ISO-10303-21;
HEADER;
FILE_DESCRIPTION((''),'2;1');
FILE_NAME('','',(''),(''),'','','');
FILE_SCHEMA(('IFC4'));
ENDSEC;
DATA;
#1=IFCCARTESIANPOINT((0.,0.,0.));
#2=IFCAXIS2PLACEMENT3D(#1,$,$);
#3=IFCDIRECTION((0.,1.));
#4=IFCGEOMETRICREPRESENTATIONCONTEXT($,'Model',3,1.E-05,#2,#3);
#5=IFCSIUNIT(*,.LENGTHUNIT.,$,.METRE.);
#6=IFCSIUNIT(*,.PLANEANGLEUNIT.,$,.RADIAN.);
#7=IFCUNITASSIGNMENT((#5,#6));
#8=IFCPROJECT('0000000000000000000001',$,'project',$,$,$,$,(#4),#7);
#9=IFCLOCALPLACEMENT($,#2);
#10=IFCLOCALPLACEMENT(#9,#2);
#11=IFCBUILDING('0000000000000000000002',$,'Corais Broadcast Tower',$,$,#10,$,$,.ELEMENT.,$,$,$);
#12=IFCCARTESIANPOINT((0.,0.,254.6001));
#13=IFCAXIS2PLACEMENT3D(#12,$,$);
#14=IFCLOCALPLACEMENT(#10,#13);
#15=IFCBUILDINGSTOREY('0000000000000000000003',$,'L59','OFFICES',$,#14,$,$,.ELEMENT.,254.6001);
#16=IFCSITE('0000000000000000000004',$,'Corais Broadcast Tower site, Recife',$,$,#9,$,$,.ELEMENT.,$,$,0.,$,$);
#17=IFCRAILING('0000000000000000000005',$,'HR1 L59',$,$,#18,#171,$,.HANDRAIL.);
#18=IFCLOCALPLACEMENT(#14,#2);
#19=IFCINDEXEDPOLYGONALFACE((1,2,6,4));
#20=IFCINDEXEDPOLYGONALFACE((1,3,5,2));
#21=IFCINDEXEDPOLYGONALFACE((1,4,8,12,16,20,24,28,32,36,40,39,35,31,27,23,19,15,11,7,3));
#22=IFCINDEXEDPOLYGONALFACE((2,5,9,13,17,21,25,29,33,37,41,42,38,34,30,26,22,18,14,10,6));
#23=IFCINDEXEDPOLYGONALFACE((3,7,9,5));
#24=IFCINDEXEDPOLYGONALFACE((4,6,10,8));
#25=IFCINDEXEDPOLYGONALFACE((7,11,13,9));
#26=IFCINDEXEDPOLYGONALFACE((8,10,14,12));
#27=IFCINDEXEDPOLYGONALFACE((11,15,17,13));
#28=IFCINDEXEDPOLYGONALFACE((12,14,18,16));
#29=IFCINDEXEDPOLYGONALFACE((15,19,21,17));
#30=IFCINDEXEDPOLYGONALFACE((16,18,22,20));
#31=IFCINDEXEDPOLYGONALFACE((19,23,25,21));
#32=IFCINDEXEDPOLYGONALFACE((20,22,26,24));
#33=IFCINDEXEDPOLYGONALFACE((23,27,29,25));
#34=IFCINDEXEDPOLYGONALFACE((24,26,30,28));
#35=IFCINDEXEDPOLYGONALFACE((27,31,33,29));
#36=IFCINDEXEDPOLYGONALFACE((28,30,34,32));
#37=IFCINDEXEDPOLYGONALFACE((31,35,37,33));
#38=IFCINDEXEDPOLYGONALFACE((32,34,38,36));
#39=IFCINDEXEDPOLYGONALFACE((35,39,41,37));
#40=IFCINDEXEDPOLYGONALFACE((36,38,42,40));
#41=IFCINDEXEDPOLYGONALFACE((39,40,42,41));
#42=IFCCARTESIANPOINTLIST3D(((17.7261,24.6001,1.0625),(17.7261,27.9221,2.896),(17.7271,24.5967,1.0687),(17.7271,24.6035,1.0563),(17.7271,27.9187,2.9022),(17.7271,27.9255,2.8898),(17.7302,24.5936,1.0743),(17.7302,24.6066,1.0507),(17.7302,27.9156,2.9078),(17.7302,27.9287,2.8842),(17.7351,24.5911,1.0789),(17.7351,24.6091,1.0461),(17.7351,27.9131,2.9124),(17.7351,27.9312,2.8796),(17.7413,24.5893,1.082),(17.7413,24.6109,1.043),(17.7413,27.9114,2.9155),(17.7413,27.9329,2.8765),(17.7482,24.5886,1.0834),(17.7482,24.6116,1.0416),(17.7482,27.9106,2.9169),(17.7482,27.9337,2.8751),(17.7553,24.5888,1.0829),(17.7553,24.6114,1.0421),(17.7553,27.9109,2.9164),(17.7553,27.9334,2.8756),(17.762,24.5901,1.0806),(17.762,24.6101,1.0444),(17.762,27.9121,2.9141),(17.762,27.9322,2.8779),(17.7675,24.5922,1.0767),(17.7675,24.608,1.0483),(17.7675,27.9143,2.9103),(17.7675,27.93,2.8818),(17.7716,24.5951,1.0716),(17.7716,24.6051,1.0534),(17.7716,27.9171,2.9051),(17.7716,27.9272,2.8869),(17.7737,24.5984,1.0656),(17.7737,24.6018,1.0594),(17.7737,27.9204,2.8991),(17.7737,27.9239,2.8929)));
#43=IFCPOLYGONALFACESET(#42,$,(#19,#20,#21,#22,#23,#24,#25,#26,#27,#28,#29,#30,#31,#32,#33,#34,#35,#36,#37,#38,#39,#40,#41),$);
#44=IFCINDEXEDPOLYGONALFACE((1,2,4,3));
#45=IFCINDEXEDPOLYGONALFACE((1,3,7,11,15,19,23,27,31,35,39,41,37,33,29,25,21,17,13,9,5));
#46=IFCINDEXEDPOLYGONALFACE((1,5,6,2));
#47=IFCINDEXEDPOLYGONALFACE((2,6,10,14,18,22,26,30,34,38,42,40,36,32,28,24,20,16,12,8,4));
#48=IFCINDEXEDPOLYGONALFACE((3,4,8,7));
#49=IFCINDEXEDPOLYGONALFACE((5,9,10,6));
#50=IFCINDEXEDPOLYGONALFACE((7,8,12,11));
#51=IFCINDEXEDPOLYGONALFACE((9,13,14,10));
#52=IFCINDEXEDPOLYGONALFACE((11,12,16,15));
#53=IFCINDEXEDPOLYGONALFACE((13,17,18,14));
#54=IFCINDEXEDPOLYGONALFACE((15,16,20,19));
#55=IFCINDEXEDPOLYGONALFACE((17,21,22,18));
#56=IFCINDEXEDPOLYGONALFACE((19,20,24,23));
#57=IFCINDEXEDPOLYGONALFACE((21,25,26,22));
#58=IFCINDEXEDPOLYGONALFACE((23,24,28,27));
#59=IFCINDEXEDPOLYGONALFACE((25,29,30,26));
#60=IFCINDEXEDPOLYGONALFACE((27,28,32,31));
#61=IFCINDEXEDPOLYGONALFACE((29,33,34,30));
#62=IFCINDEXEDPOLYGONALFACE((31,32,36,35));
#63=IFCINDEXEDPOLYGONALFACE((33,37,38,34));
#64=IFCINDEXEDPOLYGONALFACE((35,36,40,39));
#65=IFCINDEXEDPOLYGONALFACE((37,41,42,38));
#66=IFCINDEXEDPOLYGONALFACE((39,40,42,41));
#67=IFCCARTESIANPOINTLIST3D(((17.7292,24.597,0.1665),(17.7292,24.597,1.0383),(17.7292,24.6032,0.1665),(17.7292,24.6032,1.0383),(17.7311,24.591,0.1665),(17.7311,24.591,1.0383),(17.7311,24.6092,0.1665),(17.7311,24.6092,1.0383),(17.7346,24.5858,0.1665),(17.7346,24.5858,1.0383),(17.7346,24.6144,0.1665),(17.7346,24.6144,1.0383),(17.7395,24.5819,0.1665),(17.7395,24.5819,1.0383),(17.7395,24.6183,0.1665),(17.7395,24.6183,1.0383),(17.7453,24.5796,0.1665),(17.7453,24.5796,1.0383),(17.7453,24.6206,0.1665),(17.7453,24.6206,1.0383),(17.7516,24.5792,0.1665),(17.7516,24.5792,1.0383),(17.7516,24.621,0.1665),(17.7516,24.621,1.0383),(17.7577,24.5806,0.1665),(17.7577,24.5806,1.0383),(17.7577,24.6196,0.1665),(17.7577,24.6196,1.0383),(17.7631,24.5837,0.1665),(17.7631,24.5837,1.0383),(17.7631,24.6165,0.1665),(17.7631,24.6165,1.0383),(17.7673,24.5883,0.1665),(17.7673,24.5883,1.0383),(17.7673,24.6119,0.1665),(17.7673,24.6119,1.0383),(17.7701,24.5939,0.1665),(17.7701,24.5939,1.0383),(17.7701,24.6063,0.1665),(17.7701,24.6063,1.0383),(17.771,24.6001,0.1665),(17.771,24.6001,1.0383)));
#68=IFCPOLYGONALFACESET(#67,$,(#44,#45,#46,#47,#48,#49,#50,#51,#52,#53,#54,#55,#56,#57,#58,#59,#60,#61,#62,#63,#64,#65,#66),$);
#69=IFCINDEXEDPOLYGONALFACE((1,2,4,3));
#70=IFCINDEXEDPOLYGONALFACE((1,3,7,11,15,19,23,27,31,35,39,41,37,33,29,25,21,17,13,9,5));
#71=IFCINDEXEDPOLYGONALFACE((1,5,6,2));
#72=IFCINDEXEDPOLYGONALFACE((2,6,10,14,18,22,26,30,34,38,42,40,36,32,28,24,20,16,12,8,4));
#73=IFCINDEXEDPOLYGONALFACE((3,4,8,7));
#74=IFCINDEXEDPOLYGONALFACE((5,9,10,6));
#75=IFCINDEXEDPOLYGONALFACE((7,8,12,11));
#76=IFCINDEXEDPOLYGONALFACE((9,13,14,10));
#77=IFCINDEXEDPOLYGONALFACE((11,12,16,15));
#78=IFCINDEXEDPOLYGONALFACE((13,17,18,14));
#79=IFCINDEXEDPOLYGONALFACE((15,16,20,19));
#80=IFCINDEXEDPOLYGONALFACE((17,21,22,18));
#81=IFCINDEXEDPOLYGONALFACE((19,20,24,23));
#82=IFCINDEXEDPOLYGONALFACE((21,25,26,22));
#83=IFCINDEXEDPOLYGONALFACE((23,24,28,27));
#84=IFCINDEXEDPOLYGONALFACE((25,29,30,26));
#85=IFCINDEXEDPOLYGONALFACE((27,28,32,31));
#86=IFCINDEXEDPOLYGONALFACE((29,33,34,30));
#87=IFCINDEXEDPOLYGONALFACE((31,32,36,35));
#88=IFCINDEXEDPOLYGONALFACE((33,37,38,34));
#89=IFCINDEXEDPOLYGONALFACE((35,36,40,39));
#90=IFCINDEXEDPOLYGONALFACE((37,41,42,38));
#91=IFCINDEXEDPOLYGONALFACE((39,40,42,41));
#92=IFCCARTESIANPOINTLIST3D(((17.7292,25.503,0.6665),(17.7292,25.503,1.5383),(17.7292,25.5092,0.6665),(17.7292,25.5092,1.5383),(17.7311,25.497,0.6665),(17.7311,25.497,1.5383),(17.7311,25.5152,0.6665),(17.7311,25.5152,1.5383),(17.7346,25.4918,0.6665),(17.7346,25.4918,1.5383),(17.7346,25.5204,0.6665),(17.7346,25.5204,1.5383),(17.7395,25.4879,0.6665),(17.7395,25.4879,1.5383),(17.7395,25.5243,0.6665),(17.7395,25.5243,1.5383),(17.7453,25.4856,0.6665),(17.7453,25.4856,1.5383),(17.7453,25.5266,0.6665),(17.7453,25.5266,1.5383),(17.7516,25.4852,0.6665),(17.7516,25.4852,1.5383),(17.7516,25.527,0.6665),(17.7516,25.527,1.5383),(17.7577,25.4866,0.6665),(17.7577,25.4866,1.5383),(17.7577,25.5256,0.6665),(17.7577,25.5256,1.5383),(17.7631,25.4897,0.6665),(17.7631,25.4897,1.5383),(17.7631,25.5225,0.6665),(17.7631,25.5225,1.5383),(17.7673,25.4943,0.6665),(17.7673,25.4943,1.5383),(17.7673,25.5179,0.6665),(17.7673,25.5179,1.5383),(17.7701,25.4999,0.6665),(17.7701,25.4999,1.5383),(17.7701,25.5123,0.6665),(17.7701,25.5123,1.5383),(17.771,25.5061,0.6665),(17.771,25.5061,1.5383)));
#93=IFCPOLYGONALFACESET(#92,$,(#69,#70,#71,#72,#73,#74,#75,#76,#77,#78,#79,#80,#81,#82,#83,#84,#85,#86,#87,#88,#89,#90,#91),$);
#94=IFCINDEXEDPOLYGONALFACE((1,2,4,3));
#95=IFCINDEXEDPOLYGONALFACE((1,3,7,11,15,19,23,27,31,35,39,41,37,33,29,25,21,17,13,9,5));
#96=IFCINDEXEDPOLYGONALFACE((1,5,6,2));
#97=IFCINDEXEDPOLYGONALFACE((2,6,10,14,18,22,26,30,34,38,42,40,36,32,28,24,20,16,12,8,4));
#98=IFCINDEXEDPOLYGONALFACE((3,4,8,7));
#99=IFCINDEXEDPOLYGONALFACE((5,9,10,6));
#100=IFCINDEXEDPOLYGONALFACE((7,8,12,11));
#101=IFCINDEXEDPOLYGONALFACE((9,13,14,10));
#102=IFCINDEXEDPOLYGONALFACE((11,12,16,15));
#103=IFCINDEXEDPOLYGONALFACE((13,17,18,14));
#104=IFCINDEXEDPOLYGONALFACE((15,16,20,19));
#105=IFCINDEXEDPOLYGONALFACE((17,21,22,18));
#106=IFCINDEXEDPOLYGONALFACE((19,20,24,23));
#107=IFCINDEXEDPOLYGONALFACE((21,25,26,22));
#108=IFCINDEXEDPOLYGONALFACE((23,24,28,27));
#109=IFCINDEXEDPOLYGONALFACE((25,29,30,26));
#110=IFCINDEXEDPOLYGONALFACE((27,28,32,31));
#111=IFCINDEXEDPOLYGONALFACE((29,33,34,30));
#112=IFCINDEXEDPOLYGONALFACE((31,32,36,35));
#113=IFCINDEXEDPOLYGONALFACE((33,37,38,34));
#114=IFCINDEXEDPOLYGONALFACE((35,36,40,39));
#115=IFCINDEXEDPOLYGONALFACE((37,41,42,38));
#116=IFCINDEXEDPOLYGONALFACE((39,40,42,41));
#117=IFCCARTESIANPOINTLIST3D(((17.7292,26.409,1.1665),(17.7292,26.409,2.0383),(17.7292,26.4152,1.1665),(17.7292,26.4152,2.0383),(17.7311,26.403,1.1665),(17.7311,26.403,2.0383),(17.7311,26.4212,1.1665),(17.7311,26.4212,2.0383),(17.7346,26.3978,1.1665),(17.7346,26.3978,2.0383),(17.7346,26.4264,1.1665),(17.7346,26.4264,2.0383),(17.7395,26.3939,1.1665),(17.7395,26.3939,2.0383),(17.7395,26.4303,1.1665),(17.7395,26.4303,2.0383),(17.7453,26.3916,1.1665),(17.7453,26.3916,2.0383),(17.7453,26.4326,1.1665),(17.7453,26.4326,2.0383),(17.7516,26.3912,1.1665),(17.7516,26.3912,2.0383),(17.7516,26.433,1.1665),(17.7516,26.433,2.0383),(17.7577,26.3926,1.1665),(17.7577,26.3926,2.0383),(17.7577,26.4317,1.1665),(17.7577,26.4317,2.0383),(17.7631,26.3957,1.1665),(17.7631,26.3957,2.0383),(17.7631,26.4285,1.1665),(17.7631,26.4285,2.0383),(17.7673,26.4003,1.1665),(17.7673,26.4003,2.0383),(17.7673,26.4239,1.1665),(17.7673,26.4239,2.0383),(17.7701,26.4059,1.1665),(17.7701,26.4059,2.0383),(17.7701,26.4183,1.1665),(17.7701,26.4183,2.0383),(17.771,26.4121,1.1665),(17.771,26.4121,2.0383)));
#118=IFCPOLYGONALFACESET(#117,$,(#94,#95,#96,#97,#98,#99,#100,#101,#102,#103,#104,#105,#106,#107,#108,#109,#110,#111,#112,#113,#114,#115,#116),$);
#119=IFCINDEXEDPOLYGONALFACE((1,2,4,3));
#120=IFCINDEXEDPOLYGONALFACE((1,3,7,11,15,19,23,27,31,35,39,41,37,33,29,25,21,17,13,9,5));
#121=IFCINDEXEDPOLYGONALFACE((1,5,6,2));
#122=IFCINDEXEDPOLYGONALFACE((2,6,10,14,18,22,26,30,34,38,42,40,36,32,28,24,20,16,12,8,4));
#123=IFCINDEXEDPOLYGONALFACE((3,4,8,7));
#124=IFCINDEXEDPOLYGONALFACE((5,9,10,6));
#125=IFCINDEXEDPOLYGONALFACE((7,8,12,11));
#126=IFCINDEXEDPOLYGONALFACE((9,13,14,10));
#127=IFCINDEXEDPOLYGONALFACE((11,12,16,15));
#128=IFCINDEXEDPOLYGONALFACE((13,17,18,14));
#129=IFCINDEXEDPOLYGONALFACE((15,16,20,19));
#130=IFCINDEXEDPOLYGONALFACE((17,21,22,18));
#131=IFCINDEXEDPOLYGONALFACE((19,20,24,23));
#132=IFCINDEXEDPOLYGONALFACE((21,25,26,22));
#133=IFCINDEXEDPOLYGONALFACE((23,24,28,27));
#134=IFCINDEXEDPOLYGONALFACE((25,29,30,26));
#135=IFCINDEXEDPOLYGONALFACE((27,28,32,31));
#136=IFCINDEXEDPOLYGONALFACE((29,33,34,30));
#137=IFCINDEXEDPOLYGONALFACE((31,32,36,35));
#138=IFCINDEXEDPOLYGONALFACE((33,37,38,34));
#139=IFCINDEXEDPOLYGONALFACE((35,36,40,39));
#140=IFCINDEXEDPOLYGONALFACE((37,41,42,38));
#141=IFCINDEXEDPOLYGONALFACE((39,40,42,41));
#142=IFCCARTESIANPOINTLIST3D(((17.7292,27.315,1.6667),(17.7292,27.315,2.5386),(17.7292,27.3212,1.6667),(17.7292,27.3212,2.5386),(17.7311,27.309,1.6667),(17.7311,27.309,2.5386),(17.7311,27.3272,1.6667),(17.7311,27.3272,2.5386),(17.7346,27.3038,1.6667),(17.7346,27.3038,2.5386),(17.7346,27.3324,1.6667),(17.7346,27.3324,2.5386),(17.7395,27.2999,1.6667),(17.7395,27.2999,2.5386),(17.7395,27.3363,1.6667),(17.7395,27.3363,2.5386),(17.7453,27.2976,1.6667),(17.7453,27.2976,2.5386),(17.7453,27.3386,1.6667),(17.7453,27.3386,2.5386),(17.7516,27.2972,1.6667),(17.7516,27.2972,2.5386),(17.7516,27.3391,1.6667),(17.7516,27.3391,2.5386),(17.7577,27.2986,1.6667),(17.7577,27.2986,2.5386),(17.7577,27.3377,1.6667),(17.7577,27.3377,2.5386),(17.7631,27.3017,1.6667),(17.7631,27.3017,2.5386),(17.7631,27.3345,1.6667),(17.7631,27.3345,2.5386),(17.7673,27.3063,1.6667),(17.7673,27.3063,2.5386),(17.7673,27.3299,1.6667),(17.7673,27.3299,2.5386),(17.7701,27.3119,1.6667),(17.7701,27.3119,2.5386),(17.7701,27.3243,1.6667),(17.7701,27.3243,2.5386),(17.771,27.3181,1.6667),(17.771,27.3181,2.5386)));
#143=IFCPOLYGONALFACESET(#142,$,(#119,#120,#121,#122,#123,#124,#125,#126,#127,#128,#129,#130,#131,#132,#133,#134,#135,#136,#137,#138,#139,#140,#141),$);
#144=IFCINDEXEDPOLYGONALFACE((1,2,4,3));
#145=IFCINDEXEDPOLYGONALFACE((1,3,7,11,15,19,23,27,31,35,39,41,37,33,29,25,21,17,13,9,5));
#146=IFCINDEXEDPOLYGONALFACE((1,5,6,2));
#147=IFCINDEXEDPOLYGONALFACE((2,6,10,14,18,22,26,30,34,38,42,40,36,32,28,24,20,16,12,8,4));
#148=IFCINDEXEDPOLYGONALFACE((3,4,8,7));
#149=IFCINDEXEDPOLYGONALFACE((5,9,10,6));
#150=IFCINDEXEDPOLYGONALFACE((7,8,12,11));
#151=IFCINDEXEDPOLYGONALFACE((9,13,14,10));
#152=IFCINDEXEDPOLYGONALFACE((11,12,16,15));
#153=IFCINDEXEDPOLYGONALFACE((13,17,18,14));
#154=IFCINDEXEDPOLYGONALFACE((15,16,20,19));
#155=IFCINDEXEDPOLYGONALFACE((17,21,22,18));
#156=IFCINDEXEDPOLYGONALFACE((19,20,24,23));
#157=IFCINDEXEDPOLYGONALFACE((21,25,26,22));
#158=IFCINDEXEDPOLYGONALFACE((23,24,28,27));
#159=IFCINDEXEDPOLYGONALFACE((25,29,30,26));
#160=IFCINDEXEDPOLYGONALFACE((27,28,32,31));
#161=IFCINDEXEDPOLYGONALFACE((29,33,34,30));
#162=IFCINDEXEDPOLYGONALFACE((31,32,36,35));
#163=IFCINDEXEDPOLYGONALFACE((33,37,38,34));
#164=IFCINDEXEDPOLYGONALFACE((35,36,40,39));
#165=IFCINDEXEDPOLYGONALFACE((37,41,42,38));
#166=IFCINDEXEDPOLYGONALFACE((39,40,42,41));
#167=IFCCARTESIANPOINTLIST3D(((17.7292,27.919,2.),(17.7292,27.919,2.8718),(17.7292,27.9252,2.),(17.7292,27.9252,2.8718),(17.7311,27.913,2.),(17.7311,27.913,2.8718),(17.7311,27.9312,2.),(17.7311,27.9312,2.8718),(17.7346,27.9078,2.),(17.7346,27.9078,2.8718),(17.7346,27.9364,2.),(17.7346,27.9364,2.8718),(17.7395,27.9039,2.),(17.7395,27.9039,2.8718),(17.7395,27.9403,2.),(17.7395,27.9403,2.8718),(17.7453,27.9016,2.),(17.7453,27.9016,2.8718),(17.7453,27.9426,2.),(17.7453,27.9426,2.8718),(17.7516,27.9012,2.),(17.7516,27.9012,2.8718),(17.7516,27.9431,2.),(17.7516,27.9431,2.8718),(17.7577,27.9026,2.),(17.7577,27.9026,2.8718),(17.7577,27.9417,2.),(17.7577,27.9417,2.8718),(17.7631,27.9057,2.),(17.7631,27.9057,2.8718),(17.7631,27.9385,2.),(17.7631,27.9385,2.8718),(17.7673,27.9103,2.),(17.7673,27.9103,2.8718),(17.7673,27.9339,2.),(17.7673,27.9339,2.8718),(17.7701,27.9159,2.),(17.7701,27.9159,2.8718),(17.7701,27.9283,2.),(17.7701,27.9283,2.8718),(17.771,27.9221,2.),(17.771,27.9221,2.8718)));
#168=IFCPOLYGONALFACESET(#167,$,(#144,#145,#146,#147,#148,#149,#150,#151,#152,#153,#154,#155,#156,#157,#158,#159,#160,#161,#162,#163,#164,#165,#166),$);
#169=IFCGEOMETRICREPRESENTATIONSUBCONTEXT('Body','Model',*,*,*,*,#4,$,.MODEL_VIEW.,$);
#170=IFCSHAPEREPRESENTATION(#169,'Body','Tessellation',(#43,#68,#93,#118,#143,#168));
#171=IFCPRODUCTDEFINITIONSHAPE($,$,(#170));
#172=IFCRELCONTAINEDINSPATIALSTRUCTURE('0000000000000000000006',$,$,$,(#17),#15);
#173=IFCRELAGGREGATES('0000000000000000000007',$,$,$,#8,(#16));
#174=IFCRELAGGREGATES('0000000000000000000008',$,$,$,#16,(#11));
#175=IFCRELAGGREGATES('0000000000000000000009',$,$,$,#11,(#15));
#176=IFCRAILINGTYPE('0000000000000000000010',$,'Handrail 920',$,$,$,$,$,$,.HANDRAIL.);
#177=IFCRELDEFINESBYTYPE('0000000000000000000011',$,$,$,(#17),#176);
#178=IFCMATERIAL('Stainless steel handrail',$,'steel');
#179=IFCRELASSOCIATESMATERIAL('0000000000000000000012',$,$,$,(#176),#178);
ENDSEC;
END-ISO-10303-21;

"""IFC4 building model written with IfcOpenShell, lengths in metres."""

from ifc_helpers import new_model, si_unit, direction, frame, origin, origin_2d, place, context, subcontext, project, spatial, circle, extrude, material, type_object, element, save


model = new_model("IFC4")

# Units and contexts
model_context = context("Model", 3, precision=1e-05, world=origin(), true_north=direction((0.0, 1.0)))
body_context = subcontext(model_context, "Body", "Model", "MODEL_VIEW")
ifc_project = project(units=[si_unit("LENGTHUNIT", "METRE"), si_unit("PLANEANGLEUNIT", "RADIAN")], contexts=[model_context])

# Site, building, storey
site_placement = place(None, origin())
site = spatial("IfcSite", under=ifc_project, at=site_placement, Name="Corais Broadcast Tower site, Recife", CompositionType="ELEMENT", RefElevation=0.0)
building_placement = place(site_placement, origin())
building = spatial("IfcBuilding", under=site, at=building_placement, Name="Corais Broadcast Tower", CompositionType="ELEMENT")
storey_placement = place(building_placement, frame((0.0, 0.0, 254.6001)))
storey = spatial("IfcBuildingStorey", under=building, at=storey_placement, Name="L59", Description="OFFICES", CompositionType="ELEMENT", Elevation=254.6001)

# Railing
ifc_material_1 = material(Name="Stainless steel handrail", Category="steel")
railing_type = type_object("IfcRailingType", Name="Handrail 920", PredefinedType="HANDRAIL", material=ifc_material_1)
for number, where, name in (
    (1, (17.75, 24.6001, 0.1665), "HR1 L59"),
):
    element("IfcRailing", number, at=place(storey_placement, frame(where)), inside=storey, type_object=railing_type, Name=name, PredefinedType="HANDRAIL", context=body_context, shape_type="SweptSolid", body=[
        extrude(circle(Radius=0.0239, at=origin_2d()), frame((0.0, 0.0, 0.896), z_axis=(0.0, 0.875504, 0.48321), x_axis=(-1.0, 0.0, 0.0)), (0.0, 0.0, 1.0), 3.7944),
        extrude(circle(Radius=0.021, at=origin_2d()), origin(), (0.0, 0.0, 1.0), 0.8718),
        extrude(circle(Radius=0.021, at=origin_2d()), frame((0.0, 0.906, 0.5)), (0.0, 0.0, 1.0), 0.8718),
        extrude(circle(Radius=0.021, at=origin_2d()), frame((0.0, 1.812, 1.0)), (0.0, 0.0, 1.0), 0.8718),
        extrude(circle(Radius=0.021, at=origin_2d()), frame((0.0, 2.718, 1.5002)), (0.0, 0.0, 1.0), 0.8718),
        extrude(circle(Radius=0.021, at=origin_2d()), frame((0.0, 3.322, 1.8335)), (0.0, 0.0, 1.0), 0.8718),
    ])

save(model, "model.ifc")
